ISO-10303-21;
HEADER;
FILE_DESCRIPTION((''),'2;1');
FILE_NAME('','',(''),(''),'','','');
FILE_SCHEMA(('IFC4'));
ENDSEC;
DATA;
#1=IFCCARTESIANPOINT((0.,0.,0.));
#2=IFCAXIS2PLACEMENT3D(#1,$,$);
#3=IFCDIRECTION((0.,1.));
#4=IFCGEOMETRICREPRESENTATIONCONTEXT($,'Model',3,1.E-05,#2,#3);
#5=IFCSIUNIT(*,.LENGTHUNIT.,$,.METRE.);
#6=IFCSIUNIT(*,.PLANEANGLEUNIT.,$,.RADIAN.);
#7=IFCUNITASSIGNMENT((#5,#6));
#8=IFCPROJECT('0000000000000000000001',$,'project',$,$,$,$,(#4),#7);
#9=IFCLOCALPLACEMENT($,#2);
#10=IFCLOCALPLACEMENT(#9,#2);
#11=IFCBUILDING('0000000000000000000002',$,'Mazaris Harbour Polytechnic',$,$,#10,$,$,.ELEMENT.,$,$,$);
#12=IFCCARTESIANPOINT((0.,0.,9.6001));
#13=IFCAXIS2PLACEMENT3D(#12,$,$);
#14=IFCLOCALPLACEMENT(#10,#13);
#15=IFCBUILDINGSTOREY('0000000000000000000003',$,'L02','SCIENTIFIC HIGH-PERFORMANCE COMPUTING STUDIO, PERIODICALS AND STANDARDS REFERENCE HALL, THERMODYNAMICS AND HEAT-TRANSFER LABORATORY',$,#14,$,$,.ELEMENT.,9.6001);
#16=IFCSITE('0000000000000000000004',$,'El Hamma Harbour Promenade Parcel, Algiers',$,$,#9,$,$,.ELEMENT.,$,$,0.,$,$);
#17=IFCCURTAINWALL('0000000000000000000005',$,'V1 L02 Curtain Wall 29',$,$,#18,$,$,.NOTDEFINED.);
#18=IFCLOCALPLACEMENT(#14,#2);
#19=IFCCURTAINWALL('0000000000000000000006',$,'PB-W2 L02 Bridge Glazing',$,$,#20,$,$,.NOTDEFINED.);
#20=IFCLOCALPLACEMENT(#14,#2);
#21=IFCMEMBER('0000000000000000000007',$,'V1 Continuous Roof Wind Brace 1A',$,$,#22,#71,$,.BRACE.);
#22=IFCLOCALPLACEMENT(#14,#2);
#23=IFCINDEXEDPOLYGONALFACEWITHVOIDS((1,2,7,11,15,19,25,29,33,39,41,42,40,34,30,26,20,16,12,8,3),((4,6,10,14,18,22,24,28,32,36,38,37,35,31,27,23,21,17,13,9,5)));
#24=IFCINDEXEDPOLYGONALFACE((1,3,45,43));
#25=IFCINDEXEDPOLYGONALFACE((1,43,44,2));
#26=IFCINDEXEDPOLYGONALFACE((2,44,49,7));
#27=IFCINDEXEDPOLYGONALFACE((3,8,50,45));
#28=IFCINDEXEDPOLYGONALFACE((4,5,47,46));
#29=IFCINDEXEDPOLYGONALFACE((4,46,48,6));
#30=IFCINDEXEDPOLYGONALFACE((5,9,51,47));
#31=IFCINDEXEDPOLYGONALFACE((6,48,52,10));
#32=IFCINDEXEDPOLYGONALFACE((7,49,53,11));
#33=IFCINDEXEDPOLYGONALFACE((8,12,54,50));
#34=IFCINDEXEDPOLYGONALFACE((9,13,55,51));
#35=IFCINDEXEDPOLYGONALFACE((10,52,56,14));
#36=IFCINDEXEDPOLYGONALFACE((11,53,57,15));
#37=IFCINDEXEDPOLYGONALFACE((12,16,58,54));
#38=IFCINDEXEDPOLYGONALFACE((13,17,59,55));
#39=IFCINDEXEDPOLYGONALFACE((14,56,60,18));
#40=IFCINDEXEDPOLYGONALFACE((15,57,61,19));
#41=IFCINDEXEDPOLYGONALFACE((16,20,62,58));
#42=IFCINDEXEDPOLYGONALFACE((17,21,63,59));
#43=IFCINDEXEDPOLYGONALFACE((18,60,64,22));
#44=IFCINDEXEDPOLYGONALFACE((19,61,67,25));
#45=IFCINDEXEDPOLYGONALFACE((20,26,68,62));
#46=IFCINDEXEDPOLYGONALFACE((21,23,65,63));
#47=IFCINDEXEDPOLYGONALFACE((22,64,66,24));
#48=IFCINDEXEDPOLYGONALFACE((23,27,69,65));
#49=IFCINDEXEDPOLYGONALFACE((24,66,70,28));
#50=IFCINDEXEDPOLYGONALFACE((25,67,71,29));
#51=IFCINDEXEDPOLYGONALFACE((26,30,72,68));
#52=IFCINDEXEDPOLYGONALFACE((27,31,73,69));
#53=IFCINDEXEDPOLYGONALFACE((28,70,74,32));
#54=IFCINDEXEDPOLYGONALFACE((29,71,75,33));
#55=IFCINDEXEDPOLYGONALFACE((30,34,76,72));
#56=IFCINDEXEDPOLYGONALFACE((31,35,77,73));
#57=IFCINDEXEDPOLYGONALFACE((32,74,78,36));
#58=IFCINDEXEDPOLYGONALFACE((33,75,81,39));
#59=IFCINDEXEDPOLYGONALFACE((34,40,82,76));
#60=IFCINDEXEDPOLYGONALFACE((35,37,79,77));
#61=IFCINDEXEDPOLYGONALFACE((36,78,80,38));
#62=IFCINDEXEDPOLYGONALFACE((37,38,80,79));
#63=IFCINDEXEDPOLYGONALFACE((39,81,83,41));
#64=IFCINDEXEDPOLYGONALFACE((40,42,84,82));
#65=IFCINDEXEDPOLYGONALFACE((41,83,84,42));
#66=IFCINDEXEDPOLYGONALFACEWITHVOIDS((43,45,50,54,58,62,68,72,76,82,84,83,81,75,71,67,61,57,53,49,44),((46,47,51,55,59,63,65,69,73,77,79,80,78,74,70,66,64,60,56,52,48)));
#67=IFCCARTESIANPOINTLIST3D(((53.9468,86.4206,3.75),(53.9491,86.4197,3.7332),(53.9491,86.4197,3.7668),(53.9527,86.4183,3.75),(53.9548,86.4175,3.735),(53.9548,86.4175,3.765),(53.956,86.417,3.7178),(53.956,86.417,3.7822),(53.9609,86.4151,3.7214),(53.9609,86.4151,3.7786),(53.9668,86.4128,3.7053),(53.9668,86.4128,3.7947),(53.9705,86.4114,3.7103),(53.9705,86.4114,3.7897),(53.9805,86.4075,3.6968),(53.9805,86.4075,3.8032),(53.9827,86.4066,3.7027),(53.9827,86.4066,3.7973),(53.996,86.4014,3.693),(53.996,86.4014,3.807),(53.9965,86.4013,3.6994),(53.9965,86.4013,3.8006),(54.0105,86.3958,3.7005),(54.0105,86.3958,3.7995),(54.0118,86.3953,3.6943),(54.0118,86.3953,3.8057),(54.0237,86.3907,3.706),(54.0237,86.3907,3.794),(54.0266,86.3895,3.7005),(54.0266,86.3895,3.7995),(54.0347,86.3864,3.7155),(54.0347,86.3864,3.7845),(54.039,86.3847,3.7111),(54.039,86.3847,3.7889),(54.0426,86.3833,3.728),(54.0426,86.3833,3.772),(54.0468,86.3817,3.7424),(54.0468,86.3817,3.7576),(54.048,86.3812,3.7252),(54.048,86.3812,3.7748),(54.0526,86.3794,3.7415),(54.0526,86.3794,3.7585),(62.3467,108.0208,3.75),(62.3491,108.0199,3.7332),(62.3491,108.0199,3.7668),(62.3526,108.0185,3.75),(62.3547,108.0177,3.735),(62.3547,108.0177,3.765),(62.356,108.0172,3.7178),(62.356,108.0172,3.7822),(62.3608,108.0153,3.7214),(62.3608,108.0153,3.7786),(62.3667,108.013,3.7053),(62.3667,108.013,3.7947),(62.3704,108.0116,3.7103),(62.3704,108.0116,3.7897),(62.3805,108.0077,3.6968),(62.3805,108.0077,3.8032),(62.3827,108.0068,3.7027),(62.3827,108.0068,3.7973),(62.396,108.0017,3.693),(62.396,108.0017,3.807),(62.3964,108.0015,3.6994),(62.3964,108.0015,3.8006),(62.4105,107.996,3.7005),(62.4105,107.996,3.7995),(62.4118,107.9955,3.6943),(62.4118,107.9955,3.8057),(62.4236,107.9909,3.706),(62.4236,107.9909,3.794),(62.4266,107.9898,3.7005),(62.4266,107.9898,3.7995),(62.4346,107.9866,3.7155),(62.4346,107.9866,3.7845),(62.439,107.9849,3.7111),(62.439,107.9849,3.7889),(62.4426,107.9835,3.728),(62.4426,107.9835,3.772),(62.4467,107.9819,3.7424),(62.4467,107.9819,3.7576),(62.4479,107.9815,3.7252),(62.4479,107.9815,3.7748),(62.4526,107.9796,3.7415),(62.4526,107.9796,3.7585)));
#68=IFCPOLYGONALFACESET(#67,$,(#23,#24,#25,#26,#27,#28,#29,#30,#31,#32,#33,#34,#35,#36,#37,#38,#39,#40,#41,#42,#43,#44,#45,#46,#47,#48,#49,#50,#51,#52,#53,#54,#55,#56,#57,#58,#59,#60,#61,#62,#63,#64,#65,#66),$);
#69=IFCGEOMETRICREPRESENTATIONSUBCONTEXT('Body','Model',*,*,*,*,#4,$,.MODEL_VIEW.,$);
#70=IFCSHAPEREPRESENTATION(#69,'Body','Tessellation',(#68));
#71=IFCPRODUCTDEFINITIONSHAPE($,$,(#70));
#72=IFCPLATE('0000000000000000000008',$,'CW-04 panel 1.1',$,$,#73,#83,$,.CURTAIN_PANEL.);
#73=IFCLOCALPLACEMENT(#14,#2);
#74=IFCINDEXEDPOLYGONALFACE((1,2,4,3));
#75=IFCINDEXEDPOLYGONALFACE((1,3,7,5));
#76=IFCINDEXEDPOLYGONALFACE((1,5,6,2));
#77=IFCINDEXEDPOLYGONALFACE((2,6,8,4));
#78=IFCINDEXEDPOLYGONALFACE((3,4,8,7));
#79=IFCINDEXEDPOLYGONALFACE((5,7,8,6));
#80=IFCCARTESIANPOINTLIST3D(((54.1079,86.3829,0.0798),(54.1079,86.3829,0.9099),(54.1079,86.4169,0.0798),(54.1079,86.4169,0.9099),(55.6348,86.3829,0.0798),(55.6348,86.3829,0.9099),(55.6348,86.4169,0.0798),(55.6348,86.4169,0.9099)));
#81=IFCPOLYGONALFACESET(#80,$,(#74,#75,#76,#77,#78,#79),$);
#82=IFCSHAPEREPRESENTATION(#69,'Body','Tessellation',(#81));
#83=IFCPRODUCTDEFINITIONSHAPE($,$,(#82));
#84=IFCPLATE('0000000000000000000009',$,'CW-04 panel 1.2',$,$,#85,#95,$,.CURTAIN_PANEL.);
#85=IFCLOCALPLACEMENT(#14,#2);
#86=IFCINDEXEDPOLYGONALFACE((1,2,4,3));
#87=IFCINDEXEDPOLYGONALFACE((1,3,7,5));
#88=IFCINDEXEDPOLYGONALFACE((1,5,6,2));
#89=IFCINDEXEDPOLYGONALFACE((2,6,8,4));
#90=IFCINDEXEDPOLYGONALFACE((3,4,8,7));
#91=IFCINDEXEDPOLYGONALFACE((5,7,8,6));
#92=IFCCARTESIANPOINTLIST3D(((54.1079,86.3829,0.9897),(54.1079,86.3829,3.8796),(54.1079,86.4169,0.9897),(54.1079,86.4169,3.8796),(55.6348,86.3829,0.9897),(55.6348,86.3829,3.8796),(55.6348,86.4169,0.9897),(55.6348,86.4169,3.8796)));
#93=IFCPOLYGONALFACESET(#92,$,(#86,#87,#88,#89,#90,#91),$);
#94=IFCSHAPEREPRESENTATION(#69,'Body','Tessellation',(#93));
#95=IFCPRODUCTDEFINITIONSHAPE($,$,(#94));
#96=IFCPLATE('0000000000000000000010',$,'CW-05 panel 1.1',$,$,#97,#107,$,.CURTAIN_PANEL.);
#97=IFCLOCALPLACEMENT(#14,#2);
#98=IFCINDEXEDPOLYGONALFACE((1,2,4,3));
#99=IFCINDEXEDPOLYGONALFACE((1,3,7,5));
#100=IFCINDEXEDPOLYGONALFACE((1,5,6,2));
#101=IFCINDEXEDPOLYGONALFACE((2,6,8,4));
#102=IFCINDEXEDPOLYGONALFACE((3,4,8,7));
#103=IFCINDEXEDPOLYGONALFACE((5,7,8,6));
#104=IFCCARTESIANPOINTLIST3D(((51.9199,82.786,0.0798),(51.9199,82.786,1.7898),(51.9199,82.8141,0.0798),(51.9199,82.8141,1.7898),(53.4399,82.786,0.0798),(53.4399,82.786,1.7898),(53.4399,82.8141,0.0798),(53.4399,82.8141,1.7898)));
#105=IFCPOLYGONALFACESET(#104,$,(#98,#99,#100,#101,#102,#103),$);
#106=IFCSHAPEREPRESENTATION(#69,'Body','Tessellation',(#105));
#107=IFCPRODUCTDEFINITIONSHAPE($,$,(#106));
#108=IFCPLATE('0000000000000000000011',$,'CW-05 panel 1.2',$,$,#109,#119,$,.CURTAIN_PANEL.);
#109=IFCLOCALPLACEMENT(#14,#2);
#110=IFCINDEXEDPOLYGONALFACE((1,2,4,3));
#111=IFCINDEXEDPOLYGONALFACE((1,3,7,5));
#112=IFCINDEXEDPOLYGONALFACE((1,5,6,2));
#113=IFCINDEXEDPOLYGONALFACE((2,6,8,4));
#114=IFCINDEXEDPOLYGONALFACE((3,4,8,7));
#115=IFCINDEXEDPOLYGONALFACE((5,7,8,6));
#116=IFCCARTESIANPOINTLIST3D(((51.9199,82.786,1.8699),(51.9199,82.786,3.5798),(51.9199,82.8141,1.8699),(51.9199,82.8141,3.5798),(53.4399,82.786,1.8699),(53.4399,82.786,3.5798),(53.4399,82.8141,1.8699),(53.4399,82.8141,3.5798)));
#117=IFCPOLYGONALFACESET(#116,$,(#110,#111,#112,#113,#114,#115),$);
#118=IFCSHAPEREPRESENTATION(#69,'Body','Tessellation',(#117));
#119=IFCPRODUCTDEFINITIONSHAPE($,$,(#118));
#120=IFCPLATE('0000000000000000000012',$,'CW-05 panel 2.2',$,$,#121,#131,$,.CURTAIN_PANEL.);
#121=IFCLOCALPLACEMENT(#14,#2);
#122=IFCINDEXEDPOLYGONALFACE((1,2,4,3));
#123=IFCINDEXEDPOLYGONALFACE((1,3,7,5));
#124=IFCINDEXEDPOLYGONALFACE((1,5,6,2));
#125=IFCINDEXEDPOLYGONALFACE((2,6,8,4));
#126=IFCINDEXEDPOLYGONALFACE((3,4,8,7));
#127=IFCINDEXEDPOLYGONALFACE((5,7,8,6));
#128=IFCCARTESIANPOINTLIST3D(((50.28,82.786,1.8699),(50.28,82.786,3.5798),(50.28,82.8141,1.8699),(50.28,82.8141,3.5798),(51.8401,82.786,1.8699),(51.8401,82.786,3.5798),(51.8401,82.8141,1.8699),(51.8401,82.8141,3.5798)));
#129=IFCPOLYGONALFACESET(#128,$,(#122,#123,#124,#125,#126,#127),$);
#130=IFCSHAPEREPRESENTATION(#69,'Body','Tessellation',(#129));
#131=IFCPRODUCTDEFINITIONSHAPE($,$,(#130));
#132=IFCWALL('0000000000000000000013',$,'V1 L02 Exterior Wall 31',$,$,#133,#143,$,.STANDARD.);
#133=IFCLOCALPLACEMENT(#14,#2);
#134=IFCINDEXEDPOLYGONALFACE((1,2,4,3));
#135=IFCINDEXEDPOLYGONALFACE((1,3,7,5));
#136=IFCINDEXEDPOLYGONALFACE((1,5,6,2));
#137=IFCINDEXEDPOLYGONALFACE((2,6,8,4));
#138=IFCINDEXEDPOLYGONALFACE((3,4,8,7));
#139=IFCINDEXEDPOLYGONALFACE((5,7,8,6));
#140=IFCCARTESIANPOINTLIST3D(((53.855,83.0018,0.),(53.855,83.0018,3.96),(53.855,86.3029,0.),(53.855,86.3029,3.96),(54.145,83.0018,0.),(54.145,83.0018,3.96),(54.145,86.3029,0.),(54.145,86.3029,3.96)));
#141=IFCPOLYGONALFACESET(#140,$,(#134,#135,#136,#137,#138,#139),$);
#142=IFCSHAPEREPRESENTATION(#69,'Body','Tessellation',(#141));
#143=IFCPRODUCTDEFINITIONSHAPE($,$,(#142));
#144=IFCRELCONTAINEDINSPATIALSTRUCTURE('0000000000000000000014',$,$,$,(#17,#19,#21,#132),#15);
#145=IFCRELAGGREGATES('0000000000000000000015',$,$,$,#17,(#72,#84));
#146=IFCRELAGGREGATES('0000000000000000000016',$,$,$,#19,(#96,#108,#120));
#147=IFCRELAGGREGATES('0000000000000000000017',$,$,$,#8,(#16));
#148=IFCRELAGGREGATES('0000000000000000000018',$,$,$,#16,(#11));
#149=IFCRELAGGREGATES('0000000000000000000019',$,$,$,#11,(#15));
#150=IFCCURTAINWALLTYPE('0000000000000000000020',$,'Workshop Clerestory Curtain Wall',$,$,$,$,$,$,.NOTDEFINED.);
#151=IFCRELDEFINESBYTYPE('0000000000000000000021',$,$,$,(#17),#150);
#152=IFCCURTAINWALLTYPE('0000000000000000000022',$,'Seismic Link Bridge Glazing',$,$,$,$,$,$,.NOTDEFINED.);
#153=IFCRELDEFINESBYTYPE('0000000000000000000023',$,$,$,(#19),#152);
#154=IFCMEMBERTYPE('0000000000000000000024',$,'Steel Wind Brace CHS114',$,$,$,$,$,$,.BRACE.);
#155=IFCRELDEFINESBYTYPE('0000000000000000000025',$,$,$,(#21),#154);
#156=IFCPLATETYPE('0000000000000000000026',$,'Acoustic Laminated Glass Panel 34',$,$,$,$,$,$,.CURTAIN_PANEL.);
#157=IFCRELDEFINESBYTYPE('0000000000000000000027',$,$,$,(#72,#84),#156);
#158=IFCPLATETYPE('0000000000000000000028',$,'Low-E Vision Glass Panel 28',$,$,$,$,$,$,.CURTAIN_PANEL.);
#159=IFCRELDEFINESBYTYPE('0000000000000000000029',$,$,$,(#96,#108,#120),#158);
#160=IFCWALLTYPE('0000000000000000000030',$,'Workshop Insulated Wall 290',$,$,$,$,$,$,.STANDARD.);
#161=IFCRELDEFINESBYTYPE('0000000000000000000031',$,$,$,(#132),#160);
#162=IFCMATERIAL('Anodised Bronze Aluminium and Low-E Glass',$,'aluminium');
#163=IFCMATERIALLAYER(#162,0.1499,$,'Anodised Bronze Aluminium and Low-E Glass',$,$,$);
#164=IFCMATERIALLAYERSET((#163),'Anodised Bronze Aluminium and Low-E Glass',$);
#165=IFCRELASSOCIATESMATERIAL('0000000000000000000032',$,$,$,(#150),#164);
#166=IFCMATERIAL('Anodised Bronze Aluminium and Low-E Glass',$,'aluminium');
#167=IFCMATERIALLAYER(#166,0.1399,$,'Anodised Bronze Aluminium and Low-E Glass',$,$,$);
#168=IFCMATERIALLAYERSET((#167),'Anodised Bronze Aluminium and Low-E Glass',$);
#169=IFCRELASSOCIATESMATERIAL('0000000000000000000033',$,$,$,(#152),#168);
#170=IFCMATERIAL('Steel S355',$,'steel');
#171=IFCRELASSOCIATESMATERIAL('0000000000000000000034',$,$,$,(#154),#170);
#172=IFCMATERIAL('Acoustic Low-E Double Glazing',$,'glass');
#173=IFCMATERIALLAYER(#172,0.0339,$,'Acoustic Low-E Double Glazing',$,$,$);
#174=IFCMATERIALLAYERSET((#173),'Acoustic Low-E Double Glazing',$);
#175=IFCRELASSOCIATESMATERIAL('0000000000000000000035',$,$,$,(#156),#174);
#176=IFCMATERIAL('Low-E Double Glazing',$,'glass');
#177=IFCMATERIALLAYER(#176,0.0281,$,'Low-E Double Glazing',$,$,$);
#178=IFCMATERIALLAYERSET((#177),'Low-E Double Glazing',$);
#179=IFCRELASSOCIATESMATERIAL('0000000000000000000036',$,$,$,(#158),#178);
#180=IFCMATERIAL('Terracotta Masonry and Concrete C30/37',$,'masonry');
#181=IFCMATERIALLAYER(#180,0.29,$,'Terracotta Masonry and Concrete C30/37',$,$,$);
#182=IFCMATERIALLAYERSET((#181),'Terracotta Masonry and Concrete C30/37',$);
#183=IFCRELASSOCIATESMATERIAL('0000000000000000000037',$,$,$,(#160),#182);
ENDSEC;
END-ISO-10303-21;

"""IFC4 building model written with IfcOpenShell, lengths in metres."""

from ifc_helpers import new_model, si_unit, direction, frame, frame_2d, origin, origin_2d, place, context, subcontext, project, spatial, rectangle, hollow_circle, extrude, material, layer, layer_set, material_profile, profile_set, type_object, element, aggregate, save


model = new_model("IFC4")

# Units and contexts
model_context = context("Model", 3, precision=1e-05, world=origin(), true_north=direction((0.0, 1.0)))
body_context = subcontext(model_context, "Body", "Model", "MODEL_VIEW")
ifc_project = project(units=[si_unit("LENGTHUNIT", "METRE"), si_unit("PLANEANGLEUNIT", "RADIAN")], contexts=[model_context])

# Site, building, storey
site_placement = place(None, origin())
site = spatial("IfcSite", under=ifc_project, at=site_placement, Name="El Hamma Harbour Promenade Parcel, Algiers", CompositionType="ELEMENT", RefElevation=0.0)
building_placement = place(site_placement, origin())
building = spatial("IfcBuilding", under=site, at=building_placement, Name="Mazaris Harbour Polytechnic", CompositionType="ELEMENT")
storey_placement = place(building_placement, frame((0.0, 0.0, 9.6001)))
storey = spatial("IfcBuildingStorey", under=building, at=storey_placement, Name="L02", Description="SCIENTIFIC HIGH-PERFORMANCE COMPUTING STUDIO, PERIODICALS AND STANDARDS REFERENCE HALL, THERMODYNAMICS AND HEAT-TRANSFER LABORATORY", CompositionType="ELEMENT", Elevation=9.6001)

# Curtain walls
ifc_material_1 = material(Name="Anodised Bronze Aluminium and Low-E Glass", Category="aluminium")
ifc_layer_1 = layer(ifc_material_1, 0.1499, Name="Anodised Bronze Aluminium and Low-E Glass")
ifc_layer_set_1 = layer_set([ifc_layer_1], Name="Anodised Bronze Aluminium and Low-E Glass")
curtain_wall_type_1 = type_object("IfcCurtainWallType", Name="Workshop Clerestory Curtain Wall", PredefinedType="NOTDEFINED", material=ifc_layer_set_1)
curtain_wall_1_placement = place(storey_placement, origin())
curtain_wall_1 = element("IfcCurtainWall", 1, at=curtain_wall_1_placement, inside=storey, type_object=curtain_wall_type_1, Name="V1 L02 Curtain Wall 29", PredefinedType="NOTDEFINED")
ifc_material_2 = material(Name="Anodised Bronze Aluminium and Low-E Glass", Category="aluminium")
ifc_layer_2 = layer(ifc_material_2, 0.1399, Name="Anodised Bronze Aluminium and Low-E Glass")
ifc_layer_set_2 = layer_set([ifc_layer_2], Name="Anodised Bronze Aluminium and Low-E Glass")
curtain_wall_type_2 = type_object("IfcCurtainWallType", Name="Seismic Link Bridge Glazing", PredefinedType="NOTDEFINED", material=ifc_layer_set_2)
curtain_wall_2_placement = place(storey_placement, origin())
curtain_wall_2 = element("IfcCurtainWall", 2, at=curtain_wall_2_placement, inside=storey, type_object=curtain_wall_type_2, Name="PB-W2 L02 Bridge Glazing", PredefinedType="NOTDEFINED")

# Member
ifc_material_3 = material(Name="Steel S355", Category="steel")
ifc_material_profile_1 = material_profile(ifc_material_3, hollow_circle(Radius=0.0571, WallThickness=0.0063, at=origin_2d()), Name="CHS 114.3x6.3")
ifc_profile_set_1 = profile_set([ifc_material_profile_1], Name="Steel S355")
member_type_1 = type_object("IfcMemberType", Name="Steel Wind Brace CHS114", PredefinedType="BRACE", material=ifc_profile_set_1)
member_1_placement = place(storey_placement, frame((54.0, 86.3999, 3.75), z_axis=(0.362441, 0.932007, 0.0), x_axis=(-0.932007, 0.362441, 0.0)))
element("IfcMember", 3, at=member_1_placement, inside=storey, type_object=member_type_1, Name="V1 Continuous Roof Wind Brace 1A", PredefinedType="BRACE", context=body_context, shape_type="SweptSolid", body=[
    extrude(hollow_circle(Radius=0.0571, WallThickness=0.0063, at=origin_2d()), origin(), (0.0, 0.0, 1.0), 23.176),
])

# Plates
ifc_material_4 = material(Name="Acoustic Low-E Double Glazing", Category="glass")
ifc_layer_3 = layer(ifc_material_4, 0.0339, Name="Acoustic Low-E Double Glazing")
ifc_layer_set_3 = layer_set([ifc_layer_3], Name="Acoustic Low-E Double Glazing")
plate_type_1 = type_object("IfcPlateType", Name="Acoustic Laminated Glass Panel 34", PredefinedType="CURTAIN_PANEL", material=ifc_layer_set_3)
plate_1_placement = place(storey_placement, frame((54.8713, 86.3999, 0.0798), z_axis=(0.0, 0.0, 1.0), x_axis=(1.0, 0.0, 0.0)))
plate_1 = element("IfcPlate", 4, at=plate_1_placement, type_object=plate_type_1, Name="CW-04 panel 1.1", PredefinedType="CURTAIN_PANEL", context=body_context, shape_type="SweptSolid", body=[
    extrude(rectangle(XDim=1.5269, YDim=0.0339, at=origin_2d()), origin(), (0.0, 0.0, 1.0), 0.8301),
])
plate_2_placement = place(storey_placement, frame((54.8713, 86.3999, 0.9897), z_axis=(0.0, 0.0, 1.0), x_axis=(1.0, 0.0, 0.0)))
plate_2 = element("IfcPlate", 5, at=plate_2_placement, type_object=plate_type_1, Name="CW-04 panel 1.2", PredefinedType="CURTAIN_PANEL", context=body_context, shape_type="SweptSolid", body=[
    extrude(rectangle(XDim=1.5269, YDim=0.0339, at=origin_2d()), origin(), (0.0, 0.0, 1.0), 2.8899),
])
aggregate(curtain_wall_1, [plate_1, plate_2])
ifc_material_5 = material(Name="Low-E Double Glazing", Category="glass")
ifc_layer_4 = layer(ifc_material_5, 0.0281, Name="Low-E Double Glazing")
ifc_layer_set_4 = layer_set([ifc_layer_4], Name="Low-E Double Glazing")
plate_type_2 = type_object("IfcPlateType", Name="Low-E Vision Glass Panel 28", PredefinedType="CURTAIN_PANEL", material=ifc_layer_set_4)
plate_3_placement = place(storey_placement, frame((52.6799, 82.8, 0.0798), z_axis=(0.0, 0.0, 1.0), x_axis=(-1.0, 0.0, 0.0)))
plate_3 = element("IfcPlate", 6, at=plate_3_placement, type_object=plate_type_2, Name="CW-05 panel 1.1", PredefinedType="CURTAIN_PANEL", context=body_context, shape_type="SweptSolid", body=[
    extrude(rectangle(XDim=1.52, YDim=0.0281, at=origin_2d()), origin(), (0.0, 0.0, 1.0), 1.71),
])
plate_4_placement = place(storey_placement, frame((52.6799, 82.8, 1.8699), z_axis=(0.0, 0.0, 1.0), x_axis=(-1.0, 0.0, 0.0)))
plate_4 = element("IfcPlate", 7, at=plate_4_placement, type_object=plate_type_2, Name="CW-05 panel 1.2", PredefinedType="CURTAIN_PANEL", context=body_context, shape_type="SweptSolid", body=[
    extrude(rectangle(XDim=1.52, YDim=0.0281, at=origin_2d()), origin(), (0.0, 0.0, 1.0), 1.71),
])
plate_5_placement = place(storey_placement, frame((51.0601, 82.8, 1.8699), z_axis=(0.0, 0.0, 1.0), x_axis=(-1.0, 0.0, 0.0)))
plate_5 = element("IfcPlate", 8, at=plate_5_placement, type_object=plate_type_2, Name="CW-05 panel 2.2", PredefinedType="CURTAIN_PANEL", context=body_context, shape_type="SweptSolid", body=[
    extrude(rectangle(XDim=1.5601, YDim=0.0281, at=origin_2d()), origin(), (0.0, 0.0, 1.0), 1.71),
])
aggregate(curtain_wall_2, [plate_3, plate_4, plate_5])

# Wall
ifc_material_6 = material(Name="Terracotta Masonry and Concrete C30/37", Category="masonry")
ifc_layer_5 = layer(ifc_material_6, 0.29, Name="Terracotta Masonry and Concrete C30/37")
ifc_layer_set_5 = layer_set([ifc_layer_5], Name="Terracotta Masonry and Concrete C30/37")
wall_type = type_object("IfcWallType", Name="Workshop Insulated Wall 290", PredefinedType="STANDARD", material=ifc_layer_set_5)
wall_placement = place(storey_placement, frame((54.0, 83.002, 0.0), z_axis=(0.0, 0.0, 1.0), x_axis=(0.0, 1.0, 0.0)))
element("IfcWall", 9, at=wall_placement, inside=storey, type_object=wall_type, Name="V1 L02 Exterior Wall 31", PredefinedType="STANDARD", context=body_context, shape_type="SweptSolid", body=[
    extrude(rectangle(XDim=3.301, YDim=0.29, at=frame_2d((1.6504, 0.0))), origin(), (0.0, 0.0, 1.0), 3.96),
])

save(model, "model.ifc")
